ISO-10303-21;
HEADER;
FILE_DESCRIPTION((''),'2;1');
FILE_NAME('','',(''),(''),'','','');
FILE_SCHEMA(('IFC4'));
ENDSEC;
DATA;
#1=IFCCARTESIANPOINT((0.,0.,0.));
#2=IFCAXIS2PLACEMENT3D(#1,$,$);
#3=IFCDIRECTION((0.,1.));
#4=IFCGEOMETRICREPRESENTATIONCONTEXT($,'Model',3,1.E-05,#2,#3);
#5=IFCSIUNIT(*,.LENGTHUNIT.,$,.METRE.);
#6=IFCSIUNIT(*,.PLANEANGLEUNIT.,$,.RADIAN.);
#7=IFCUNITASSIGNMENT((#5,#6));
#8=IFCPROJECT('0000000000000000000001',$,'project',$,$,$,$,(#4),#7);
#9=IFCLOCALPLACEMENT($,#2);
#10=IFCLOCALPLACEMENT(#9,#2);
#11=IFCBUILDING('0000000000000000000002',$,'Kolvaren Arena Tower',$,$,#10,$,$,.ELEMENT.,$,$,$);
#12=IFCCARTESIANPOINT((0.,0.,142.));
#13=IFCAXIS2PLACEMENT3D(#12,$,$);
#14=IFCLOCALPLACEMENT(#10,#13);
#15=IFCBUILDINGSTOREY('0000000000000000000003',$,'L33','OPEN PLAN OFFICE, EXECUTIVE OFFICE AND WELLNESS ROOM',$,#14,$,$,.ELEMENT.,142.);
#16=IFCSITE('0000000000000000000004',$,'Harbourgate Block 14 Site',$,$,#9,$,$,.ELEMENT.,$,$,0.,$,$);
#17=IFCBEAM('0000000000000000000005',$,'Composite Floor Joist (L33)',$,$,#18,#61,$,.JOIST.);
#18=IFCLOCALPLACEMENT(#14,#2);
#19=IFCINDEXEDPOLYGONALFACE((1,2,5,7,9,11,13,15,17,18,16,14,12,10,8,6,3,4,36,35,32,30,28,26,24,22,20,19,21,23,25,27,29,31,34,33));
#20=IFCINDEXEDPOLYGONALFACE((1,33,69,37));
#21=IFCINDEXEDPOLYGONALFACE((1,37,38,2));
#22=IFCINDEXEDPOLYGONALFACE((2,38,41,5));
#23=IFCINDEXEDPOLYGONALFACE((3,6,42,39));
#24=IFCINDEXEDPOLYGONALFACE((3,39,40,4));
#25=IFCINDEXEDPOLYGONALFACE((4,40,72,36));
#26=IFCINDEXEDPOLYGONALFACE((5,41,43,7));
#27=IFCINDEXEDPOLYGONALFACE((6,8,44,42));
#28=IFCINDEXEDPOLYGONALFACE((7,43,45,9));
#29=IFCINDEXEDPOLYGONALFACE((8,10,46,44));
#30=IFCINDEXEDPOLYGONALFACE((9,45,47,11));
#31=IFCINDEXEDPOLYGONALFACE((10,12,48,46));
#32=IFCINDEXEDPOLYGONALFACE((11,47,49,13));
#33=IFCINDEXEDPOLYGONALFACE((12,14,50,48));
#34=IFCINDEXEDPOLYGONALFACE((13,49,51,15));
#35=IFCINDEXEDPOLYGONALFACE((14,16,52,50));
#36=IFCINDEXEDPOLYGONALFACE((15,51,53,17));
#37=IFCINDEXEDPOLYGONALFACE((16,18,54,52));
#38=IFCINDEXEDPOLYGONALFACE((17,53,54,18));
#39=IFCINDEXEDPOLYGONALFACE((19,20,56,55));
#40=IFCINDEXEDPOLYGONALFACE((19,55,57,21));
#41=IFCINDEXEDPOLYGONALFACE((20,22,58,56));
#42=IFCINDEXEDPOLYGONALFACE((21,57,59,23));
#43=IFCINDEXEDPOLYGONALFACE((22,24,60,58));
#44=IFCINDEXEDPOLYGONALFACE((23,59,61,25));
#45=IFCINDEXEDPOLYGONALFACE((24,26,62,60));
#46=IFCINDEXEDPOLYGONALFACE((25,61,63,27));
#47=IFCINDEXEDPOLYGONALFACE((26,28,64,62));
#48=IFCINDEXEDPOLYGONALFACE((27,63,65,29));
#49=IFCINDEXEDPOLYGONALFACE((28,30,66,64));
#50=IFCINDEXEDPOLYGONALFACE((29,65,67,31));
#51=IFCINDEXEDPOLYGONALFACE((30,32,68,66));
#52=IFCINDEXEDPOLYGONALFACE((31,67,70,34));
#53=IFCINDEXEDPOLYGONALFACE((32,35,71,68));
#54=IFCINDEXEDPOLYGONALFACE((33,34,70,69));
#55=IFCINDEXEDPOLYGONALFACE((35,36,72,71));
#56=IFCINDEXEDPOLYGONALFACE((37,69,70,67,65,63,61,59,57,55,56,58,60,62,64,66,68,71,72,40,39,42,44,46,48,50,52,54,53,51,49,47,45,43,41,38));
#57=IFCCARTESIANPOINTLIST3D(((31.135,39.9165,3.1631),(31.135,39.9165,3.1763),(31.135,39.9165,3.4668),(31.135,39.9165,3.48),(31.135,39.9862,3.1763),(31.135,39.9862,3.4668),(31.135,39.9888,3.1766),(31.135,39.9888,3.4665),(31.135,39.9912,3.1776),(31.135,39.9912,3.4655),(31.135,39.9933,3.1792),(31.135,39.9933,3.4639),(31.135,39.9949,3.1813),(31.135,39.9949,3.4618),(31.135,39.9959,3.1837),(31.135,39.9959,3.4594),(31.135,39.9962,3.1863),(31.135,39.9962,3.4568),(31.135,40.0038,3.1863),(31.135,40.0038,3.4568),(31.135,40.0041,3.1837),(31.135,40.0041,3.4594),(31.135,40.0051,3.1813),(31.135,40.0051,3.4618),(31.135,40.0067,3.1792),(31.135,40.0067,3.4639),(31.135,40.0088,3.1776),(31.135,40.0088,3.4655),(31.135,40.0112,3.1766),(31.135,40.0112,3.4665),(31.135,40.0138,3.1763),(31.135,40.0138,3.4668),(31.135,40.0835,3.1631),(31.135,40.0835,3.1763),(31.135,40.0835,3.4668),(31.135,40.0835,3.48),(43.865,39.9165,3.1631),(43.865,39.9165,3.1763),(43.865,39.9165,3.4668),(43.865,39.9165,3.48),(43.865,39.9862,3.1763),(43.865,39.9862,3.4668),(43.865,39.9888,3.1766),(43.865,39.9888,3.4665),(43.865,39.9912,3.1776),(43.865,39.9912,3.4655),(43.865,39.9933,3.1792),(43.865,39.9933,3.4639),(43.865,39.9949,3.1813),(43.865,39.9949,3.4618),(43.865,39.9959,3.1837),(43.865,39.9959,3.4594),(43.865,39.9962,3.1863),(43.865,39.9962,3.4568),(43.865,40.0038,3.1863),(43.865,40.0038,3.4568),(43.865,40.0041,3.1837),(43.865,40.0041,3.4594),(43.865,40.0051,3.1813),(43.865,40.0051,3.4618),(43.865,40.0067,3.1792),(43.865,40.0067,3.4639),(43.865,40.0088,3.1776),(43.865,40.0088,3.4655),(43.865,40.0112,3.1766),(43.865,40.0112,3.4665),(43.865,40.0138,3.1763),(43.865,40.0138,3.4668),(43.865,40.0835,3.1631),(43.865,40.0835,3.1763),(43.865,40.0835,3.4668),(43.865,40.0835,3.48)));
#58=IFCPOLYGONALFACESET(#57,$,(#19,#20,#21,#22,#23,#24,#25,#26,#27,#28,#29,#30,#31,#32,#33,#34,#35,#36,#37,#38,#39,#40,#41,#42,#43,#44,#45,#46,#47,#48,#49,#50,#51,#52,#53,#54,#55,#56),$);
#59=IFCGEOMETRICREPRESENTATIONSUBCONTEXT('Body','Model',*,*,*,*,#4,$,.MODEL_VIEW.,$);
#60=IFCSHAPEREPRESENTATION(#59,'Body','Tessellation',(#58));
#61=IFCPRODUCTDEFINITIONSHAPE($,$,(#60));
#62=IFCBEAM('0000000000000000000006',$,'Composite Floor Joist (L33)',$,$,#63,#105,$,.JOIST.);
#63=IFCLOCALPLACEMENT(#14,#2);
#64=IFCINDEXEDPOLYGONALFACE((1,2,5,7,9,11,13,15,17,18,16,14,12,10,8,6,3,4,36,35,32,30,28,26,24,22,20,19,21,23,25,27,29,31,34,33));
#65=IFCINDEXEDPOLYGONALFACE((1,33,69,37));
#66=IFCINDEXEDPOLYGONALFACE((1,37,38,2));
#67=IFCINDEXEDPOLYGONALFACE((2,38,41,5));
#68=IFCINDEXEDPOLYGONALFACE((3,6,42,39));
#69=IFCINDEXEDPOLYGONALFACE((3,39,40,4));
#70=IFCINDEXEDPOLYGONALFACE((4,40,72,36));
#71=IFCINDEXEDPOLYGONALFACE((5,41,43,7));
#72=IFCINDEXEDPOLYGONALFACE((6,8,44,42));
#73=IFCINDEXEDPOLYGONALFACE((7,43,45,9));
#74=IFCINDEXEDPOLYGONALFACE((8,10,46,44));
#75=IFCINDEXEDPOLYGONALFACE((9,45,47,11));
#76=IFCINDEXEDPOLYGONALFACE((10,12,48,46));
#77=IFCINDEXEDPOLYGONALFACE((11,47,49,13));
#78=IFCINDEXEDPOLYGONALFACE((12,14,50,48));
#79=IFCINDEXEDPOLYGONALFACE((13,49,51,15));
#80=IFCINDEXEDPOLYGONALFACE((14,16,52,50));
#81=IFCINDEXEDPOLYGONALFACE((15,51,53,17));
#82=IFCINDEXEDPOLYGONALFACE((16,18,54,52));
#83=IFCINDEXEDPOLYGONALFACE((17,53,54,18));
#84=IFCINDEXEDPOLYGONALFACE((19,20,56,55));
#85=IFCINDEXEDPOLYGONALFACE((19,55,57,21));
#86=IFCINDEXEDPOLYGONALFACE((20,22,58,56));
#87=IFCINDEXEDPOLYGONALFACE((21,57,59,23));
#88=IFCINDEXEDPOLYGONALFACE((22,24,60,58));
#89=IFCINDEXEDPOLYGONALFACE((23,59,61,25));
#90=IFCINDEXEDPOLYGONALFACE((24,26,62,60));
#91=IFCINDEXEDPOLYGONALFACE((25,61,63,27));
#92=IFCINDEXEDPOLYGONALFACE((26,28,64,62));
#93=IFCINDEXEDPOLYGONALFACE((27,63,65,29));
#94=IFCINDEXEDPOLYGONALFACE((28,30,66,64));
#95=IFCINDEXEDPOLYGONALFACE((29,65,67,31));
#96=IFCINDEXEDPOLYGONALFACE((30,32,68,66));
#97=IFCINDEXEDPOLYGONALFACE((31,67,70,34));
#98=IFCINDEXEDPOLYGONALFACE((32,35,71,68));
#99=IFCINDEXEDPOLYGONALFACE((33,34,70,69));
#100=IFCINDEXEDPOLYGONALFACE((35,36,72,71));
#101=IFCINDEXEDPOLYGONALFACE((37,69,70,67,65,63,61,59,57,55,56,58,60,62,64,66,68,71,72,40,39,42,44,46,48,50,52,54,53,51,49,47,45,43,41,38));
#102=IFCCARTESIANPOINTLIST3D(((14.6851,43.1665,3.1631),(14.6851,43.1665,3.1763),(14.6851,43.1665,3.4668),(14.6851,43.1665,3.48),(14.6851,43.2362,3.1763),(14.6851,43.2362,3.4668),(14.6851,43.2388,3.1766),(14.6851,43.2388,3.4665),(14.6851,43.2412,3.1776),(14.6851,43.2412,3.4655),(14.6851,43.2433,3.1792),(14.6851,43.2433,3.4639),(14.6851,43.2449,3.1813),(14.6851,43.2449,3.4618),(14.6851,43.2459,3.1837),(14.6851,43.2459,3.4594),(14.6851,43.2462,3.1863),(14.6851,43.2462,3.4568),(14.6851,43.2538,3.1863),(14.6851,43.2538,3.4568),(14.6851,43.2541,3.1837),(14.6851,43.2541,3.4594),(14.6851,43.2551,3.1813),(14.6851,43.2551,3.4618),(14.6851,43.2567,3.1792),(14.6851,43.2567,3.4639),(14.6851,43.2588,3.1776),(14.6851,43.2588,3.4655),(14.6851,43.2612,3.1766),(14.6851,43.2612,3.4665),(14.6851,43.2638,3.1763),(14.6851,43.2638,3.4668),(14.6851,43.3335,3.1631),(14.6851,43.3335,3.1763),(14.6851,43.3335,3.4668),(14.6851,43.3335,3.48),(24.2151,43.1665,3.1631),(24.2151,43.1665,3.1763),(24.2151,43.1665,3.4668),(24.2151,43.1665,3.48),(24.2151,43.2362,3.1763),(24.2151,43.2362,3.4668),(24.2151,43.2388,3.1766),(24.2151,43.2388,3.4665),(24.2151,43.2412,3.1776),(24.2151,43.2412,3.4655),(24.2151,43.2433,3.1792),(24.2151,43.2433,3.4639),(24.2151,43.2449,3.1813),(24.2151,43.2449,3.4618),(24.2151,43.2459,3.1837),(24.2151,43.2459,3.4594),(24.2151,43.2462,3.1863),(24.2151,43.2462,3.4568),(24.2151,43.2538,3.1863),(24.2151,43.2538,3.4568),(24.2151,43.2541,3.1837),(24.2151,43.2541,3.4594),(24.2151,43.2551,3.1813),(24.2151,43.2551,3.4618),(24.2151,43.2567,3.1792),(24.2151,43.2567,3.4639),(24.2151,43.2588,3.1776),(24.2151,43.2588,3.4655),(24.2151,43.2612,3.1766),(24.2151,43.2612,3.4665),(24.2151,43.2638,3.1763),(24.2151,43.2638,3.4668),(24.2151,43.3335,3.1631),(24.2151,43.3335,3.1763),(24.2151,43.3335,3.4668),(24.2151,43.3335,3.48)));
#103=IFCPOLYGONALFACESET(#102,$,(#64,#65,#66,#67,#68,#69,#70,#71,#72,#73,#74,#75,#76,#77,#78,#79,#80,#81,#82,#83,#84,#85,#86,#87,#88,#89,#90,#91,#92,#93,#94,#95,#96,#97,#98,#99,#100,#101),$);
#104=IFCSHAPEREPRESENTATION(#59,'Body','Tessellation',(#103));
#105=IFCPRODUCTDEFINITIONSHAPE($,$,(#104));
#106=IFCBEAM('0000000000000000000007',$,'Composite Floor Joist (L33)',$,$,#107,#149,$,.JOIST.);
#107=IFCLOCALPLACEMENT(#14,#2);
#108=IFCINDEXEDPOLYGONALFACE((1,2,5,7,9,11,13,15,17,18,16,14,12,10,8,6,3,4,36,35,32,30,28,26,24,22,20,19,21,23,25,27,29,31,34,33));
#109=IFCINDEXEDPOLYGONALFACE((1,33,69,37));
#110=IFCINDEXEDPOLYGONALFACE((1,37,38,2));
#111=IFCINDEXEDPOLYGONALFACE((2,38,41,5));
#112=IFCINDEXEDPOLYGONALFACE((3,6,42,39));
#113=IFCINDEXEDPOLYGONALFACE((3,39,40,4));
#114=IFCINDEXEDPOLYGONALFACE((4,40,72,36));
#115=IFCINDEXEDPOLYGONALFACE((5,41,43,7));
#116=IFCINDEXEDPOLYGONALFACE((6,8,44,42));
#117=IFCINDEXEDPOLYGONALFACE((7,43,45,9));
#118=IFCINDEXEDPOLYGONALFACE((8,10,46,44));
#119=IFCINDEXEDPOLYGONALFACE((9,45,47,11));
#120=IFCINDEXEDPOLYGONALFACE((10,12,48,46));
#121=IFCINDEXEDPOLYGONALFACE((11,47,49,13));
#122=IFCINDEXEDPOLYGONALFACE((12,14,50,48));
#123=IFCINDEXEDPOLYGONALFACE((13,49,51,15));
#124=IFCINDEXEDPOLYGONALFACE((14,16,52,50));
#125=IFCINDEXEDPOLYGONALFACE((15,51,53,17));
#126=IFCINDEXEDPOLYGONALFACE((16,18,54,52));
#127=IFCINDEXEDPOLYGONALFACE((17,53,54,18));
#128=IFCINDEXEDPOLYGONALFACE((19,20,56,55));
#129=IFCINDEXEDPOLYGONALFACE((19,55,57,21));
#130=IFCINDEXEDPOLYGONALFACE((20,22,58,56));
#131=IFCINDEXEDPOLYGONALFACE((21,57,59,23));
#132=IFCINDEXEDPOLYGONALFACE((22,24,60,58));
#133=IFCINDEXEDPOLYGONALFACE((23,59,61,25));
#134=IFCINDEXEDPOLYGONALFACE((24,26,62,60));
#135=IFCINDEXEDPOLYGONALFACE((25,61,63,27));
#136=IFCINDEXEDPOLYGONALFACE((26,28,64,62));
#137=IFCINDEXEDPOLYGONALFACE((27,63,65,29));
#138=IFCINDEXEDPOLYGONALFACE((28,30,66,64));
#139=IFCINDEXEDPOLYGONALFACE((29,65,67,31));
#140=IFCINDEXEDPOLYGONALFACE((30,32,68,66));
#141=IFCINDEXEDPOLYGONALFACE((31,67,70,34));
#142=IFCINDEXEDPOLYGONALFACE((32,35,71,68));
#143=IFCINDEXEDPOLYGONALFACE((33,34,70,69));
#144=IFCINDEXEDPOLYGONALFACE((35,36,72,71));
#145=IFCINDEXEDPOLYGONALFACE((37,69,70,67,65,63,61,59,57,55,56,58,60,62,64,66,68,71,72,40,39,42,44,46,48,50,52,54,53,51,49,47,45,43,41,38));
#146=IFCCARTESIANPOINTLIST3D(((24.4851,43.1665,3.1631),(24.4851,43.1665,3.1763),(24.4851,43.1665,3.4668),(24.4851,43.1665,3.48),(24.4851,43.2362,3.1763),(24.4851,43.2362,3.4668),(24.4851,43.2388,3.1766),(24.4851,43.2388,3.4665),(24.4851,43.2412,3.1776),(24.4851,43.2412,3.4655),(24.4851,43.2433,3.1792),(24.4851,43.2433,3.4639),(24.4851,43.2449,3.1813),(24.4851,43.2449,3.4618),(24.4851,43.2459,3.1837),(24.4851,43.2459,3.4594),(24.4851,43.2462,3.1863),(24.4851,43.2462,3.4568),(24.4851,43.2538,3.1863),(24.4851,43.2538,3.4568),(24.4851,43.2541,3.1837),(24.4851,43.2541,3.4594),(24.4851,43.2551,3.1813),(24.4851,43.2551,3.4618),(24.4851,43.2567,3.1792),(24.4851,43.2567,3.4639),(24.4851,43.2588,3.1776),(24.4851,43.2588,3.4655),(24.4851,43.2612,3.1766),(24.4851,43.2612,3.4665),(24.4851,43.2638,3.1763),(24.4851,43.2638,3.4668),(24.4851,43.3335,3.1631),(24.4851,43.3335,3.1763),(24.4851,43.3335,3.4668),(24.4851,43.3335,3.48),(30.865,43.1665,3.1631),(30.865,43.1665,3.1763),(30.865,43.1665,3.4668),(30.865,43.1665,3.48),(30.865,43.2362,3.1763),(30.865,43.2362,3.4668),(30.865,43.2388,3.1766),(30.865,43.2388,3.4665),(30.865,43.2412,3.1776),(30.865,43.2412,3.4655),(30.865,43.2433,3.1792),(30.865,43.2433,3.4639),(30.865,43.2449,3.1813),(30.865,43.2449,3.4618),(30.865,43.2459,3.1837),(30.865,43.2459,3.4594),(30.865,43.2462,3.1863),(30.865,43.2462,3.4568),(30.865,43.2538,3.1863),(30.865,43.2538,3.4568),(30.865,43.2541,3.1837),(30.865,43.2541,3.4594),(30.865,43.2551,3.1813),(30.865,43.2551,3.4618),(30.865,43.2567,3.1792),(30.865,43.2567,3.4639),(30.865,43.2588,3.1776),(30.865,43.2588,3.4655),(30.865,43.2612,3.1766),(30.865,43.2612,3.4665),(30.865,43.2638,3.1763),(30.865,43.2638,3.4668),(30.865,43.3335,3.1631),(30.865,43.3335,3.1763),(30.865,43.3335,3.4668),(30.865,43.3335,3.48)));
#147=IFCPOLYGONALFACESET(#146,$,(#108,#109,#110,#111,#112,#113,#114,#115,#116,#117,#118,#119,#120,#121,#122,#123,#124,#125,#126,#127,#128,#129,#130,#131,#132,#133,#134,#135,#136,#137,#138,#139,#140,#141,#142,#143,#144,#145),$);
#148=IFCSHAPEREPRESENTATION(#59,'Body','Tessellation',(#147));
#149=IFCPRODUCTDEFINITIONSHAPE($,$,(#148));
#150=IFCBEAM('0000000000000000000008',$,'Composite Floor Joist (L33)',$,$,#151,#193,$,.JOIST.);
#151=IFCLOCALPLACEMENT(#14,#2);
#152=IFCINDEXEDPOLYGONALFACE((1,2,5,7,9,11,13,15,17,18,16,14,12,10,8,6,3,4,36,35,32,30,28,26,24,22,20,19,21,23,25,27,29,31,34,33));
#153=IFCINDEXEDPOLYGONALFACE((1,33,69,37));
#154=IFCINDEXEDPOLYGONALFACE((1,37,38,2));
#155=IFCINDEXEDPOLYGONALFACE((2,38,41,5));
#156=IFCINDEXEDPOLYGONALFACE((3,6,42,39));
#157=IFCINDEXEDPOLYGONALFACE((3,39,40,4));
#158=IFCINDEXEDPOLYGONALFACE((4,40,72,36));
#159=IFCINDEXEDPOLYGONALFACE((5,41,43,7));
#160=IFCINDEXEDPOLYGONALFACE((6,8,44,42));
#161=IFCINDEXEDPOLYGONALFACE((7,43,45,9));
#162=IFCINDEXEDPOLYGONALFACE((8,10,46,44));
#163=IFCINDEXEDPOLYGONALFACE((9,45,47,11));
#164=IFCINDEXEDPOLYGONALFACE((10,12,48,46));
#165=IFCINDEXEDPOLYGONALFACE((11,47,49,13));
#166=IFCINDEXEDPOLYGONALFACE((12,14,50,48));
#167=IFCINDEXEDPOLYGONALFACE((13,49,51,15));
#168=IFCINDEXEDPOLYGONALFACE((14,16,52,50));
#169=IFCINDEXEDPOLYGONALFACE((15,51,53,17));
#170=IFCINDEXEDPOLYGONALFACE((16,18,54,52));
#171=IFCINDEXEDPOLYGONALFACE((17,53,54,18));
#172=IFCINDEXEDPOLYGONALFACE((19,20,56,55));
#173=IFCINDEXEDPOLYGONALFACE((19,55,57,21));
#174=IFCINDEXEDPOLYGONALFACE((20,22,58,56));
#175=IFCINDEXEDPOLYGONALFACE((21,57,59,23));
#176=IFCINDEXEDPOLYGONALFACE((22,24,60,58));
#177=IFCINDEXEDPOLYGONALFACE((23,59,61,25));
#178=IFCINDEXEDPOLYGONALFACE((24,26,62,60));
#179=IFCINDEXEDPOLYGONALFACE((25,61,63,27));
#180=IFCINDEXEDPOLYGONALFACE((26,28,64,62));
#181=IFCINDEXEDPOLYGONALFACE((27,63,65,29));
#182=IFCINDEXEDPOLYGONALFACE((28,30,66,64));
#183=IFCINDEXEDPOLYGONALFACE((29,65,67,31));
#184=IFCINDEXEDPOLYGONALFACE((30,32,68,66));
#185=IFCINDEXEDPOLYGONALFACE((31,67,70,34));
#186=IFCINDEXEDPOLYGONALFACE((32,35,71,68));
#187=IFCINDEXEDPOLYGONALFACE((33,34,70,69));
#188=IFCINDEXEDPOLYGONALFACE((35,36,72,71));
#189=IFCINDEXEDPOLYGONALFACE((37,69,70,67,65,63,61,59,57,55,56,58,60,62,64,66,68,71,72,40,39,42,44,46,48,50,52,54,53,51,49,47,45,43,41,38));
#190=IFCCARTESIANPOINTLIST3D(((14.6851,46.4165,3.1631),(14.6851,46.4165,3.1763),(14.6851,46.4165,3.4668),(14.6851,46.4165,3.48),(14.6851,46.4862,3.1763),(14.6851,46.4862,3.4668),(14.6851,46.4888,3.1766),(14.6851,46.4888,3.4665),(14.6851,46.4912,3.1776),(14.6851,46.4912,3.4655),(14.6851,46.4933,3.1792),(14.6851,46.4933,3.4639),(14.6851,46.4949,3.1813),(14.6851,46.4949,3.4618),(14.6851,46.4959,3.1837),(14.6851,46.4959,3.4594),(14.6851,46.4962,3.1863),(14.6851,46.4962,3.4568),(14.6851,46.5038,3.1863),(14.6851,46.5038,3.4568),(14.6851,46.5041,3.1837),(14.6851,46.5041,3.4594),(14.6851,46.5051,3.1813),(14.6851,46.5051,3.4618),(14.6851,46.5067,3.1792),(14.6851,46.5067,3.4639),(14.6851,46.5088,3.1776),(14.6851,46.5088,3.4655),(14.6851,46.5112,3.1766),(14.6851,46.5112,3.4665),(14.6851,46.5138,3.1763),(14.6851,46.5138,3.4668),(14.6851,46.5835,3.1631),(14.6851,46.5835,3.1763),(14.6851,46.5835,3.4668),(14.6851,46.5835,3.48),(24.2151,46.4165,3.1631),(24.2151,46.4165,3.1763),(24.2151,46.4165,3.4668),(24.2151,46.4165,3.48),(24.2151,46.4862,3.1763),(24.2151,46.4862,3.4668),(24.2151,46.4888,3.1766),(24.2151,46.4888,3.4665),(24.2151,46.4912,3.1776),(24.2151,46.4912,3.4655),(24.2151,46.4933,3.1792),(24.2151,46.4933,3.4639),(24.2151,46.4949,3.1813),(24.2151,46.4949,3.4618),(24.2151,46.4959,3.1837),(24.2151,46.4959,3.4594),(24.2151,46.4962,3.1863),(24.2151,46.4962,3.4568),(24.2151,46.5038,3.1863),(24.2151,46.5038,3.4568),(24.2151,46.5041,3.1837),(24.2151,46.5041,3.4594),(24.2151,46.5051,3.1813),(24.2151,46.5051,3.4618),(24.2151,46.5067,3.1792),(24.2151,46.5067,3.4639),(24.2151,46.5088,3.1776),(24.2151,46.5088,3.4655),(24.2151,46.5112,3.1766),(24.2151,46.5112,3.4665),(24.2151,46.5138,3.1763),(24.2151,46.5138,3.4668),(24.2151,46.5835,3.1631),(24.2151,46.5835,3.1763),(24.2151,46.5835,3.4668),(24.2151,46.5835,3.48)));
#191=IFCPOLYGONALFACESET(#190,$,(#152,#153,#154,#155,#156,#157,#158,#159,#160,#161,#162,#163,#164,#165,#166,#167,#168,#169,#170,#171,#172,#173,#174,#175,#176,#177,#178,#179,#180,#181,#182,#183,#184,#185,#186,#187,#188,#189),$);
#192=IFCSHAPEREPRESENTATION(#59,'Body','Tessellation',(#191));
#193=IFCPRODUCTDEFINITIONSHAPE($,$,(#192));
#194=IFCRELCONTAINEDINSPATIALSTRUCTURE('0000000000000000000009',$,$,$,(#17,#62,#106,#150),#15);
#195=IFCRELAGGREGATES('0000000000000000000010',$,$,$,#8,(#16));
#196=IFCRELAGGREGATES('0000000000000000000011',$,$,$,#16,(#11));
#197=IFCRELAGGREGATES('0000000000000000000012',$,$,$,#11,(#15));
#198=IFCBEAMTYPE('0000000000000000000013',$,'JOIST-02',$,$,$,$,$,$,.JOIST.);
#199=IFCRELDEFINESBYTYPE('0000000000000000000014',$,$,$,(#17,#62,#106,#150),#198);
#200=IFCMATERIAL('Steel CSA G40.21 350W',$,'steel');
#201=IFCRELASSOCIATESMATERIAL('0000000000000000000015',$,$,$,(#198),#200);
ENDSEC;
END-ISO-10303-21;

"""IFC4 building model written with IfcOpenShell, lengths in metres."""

from ifc_helpers import new_model, si_unit, direction, frame, origin, origin_2d, place, context, subcontext, project, spatial, i_section, extrude, material, material_profile, profile_set, type_object, element, save


model = new_model("IFC4")

# Units and contexts
model_context = context("Model", 3, precision=1e-05, world=origin(), true_north=direction((0.0, 1.0)))
body_context = subcontext(model_context, "Body", "Model", "MODEL_VIEW")
ifc_project = project(units=[si_unit("LENGTHUNIT", "METRE"), si_unit("PLANEANGLEUNIT", "RADIAN")], contexts=[model_context])

# Site, building, storey
site_placement = place(None, origin())
site = spatial("IfcSite", under=ifc_project, at=site_placement, Name="Harbourgate Block 14 Site", CompositionType="ELEMENT", RefElevation=0.0)
building_placement = place(site_placement, origin())
building = spatial("IfcBuilding", under=site, at=building_placement, Name="Kolvaren Arena Tower", CompositionType="ELEMENT")
storey_placement = place(building_placement, frame((0.0, 0.0, 142.0)))
storey = spatial("IfcBuildingStorey", under=building, at=storey_placement, Name="L33", Description="OPEN PLAN OFFICE, EXECUTIVE OFFICE AND WELLNESS ROOM", CompositionType="ELEMENT", Elevation=142.0)

# Beams
ifc_material_1 = material(Name="Steel CSA G40.21 350W", Category="steel")
ifc_material_profile_1 = material_profile(ifc_material_1, i_section(OverallWidth=0.167, OverallDepth=0.3169, WebThickness=0.0076, FlangeThickness=0.0132, FilletRadius=0.01, at=origin_2d()), Name="W310x52")
ifc_profile_set_1 = profile_set([ifc_material_profile_1], Name="Steel CSA G40.21 350W")
beam_type_1 = type_object("IfcBeamType", Name="JOIST-02", PredefinedType="JOIST", material=ifc_profile_set_1)
beam_1_placement = place(storey_placement, frame((31.135, 40.0, 3.3215), z_axis=(1.0, 0.0, 0.0), x_axis=(0.0, 1.0, 0.0)))
element("IfcBeam", 1, at=beam_1_placement, inside=storey, type_object=beam_type_1, Name="Composite Floor Joist (L33)", PredefinedType="JOIST", context=body_context, shape_type="SweptSolid", body=[
    extrude(i_section(OverallWidth=0.167, OverallDepth=0.3169, WebThickness=0.0076, FlangeThickness=0.0132, FilletRadius=0.01, at=origin_2d()), origin(), (0.0, 0.0, 1.0), 12.73),
])
beam_2_placement = place(storey_placement, frame((14.6851, 43.25, 3.3215), z_axis=(1.0, 0.0, 0.0), x_axis=(0.0, 1.0, 0.0)))
element("IfcBeam", 2, at=beam_2_placement, inside=storey, type_object=beam_type_1, Name="Composite Floor Joist (L33)", PredefinedType="JOIST", context=body_context, shape_type="SweptSolid", body=[
    extrude(i_section(OverallWidth=0.167, OverallDepth=0.3169, WebThickness=0.0076, FlangeThickness=0.0132, FilletRadius=0.01, at=origin_2d()), origin(), (0.0, 0.0, 1.0), 9.53),
])
beam_3_placement = place(storey_placement, frame((24.4851, 43.25, 3.3215), z_axis=(1.0, 0.0, 0.0), x_axis=(0.0, 1.0, 0.0)))
element("IfcBeam", 3, at=beam_3_placement, inside=storey, type_object=beam_type_1, Name="Composite Floor Joist (L33)", PredefinedType="JOIST", context=body_context, shape_type="SweptSolid", body=[
    extrude(i_section(OverallWidth=0.167, OverallDepth=0.3169, WebThickness=0.0076, FlangeThickness=0.0132, FilletRadius=0.01, at=origin_2d()), origin(), (0.0, 0.0, 1.0), 6.3799),
])
for number, where, z_axis, x_axis, name in (
    (4, (14.6851, 46.5, 3.3215), (1.0, 0.0, 0.0), (0.0, 1.0, 0.0), "Composite Floor Joist (L33)"),
):
    element("IfcBeam", number, at=place(storey_placement, frame(where, z_axis=z_axis, x_axis=x_axis)), inside=storey, type_object=beam_type_1, Name=name, PredefinedType="JOIST", context=body_context, shape_type="SweptSolid", body=[
        extrude(i_section(OverallWidth=0.167, OverallDepth=0.3169, WebThickness=0.0076, FlangeThickness=0.0132, FilletRadius=0.01, at=origin_2d()), origin(), (0.0, 0.0, 1.0), 9.53),
    ])

save(model, "model.ifc")
